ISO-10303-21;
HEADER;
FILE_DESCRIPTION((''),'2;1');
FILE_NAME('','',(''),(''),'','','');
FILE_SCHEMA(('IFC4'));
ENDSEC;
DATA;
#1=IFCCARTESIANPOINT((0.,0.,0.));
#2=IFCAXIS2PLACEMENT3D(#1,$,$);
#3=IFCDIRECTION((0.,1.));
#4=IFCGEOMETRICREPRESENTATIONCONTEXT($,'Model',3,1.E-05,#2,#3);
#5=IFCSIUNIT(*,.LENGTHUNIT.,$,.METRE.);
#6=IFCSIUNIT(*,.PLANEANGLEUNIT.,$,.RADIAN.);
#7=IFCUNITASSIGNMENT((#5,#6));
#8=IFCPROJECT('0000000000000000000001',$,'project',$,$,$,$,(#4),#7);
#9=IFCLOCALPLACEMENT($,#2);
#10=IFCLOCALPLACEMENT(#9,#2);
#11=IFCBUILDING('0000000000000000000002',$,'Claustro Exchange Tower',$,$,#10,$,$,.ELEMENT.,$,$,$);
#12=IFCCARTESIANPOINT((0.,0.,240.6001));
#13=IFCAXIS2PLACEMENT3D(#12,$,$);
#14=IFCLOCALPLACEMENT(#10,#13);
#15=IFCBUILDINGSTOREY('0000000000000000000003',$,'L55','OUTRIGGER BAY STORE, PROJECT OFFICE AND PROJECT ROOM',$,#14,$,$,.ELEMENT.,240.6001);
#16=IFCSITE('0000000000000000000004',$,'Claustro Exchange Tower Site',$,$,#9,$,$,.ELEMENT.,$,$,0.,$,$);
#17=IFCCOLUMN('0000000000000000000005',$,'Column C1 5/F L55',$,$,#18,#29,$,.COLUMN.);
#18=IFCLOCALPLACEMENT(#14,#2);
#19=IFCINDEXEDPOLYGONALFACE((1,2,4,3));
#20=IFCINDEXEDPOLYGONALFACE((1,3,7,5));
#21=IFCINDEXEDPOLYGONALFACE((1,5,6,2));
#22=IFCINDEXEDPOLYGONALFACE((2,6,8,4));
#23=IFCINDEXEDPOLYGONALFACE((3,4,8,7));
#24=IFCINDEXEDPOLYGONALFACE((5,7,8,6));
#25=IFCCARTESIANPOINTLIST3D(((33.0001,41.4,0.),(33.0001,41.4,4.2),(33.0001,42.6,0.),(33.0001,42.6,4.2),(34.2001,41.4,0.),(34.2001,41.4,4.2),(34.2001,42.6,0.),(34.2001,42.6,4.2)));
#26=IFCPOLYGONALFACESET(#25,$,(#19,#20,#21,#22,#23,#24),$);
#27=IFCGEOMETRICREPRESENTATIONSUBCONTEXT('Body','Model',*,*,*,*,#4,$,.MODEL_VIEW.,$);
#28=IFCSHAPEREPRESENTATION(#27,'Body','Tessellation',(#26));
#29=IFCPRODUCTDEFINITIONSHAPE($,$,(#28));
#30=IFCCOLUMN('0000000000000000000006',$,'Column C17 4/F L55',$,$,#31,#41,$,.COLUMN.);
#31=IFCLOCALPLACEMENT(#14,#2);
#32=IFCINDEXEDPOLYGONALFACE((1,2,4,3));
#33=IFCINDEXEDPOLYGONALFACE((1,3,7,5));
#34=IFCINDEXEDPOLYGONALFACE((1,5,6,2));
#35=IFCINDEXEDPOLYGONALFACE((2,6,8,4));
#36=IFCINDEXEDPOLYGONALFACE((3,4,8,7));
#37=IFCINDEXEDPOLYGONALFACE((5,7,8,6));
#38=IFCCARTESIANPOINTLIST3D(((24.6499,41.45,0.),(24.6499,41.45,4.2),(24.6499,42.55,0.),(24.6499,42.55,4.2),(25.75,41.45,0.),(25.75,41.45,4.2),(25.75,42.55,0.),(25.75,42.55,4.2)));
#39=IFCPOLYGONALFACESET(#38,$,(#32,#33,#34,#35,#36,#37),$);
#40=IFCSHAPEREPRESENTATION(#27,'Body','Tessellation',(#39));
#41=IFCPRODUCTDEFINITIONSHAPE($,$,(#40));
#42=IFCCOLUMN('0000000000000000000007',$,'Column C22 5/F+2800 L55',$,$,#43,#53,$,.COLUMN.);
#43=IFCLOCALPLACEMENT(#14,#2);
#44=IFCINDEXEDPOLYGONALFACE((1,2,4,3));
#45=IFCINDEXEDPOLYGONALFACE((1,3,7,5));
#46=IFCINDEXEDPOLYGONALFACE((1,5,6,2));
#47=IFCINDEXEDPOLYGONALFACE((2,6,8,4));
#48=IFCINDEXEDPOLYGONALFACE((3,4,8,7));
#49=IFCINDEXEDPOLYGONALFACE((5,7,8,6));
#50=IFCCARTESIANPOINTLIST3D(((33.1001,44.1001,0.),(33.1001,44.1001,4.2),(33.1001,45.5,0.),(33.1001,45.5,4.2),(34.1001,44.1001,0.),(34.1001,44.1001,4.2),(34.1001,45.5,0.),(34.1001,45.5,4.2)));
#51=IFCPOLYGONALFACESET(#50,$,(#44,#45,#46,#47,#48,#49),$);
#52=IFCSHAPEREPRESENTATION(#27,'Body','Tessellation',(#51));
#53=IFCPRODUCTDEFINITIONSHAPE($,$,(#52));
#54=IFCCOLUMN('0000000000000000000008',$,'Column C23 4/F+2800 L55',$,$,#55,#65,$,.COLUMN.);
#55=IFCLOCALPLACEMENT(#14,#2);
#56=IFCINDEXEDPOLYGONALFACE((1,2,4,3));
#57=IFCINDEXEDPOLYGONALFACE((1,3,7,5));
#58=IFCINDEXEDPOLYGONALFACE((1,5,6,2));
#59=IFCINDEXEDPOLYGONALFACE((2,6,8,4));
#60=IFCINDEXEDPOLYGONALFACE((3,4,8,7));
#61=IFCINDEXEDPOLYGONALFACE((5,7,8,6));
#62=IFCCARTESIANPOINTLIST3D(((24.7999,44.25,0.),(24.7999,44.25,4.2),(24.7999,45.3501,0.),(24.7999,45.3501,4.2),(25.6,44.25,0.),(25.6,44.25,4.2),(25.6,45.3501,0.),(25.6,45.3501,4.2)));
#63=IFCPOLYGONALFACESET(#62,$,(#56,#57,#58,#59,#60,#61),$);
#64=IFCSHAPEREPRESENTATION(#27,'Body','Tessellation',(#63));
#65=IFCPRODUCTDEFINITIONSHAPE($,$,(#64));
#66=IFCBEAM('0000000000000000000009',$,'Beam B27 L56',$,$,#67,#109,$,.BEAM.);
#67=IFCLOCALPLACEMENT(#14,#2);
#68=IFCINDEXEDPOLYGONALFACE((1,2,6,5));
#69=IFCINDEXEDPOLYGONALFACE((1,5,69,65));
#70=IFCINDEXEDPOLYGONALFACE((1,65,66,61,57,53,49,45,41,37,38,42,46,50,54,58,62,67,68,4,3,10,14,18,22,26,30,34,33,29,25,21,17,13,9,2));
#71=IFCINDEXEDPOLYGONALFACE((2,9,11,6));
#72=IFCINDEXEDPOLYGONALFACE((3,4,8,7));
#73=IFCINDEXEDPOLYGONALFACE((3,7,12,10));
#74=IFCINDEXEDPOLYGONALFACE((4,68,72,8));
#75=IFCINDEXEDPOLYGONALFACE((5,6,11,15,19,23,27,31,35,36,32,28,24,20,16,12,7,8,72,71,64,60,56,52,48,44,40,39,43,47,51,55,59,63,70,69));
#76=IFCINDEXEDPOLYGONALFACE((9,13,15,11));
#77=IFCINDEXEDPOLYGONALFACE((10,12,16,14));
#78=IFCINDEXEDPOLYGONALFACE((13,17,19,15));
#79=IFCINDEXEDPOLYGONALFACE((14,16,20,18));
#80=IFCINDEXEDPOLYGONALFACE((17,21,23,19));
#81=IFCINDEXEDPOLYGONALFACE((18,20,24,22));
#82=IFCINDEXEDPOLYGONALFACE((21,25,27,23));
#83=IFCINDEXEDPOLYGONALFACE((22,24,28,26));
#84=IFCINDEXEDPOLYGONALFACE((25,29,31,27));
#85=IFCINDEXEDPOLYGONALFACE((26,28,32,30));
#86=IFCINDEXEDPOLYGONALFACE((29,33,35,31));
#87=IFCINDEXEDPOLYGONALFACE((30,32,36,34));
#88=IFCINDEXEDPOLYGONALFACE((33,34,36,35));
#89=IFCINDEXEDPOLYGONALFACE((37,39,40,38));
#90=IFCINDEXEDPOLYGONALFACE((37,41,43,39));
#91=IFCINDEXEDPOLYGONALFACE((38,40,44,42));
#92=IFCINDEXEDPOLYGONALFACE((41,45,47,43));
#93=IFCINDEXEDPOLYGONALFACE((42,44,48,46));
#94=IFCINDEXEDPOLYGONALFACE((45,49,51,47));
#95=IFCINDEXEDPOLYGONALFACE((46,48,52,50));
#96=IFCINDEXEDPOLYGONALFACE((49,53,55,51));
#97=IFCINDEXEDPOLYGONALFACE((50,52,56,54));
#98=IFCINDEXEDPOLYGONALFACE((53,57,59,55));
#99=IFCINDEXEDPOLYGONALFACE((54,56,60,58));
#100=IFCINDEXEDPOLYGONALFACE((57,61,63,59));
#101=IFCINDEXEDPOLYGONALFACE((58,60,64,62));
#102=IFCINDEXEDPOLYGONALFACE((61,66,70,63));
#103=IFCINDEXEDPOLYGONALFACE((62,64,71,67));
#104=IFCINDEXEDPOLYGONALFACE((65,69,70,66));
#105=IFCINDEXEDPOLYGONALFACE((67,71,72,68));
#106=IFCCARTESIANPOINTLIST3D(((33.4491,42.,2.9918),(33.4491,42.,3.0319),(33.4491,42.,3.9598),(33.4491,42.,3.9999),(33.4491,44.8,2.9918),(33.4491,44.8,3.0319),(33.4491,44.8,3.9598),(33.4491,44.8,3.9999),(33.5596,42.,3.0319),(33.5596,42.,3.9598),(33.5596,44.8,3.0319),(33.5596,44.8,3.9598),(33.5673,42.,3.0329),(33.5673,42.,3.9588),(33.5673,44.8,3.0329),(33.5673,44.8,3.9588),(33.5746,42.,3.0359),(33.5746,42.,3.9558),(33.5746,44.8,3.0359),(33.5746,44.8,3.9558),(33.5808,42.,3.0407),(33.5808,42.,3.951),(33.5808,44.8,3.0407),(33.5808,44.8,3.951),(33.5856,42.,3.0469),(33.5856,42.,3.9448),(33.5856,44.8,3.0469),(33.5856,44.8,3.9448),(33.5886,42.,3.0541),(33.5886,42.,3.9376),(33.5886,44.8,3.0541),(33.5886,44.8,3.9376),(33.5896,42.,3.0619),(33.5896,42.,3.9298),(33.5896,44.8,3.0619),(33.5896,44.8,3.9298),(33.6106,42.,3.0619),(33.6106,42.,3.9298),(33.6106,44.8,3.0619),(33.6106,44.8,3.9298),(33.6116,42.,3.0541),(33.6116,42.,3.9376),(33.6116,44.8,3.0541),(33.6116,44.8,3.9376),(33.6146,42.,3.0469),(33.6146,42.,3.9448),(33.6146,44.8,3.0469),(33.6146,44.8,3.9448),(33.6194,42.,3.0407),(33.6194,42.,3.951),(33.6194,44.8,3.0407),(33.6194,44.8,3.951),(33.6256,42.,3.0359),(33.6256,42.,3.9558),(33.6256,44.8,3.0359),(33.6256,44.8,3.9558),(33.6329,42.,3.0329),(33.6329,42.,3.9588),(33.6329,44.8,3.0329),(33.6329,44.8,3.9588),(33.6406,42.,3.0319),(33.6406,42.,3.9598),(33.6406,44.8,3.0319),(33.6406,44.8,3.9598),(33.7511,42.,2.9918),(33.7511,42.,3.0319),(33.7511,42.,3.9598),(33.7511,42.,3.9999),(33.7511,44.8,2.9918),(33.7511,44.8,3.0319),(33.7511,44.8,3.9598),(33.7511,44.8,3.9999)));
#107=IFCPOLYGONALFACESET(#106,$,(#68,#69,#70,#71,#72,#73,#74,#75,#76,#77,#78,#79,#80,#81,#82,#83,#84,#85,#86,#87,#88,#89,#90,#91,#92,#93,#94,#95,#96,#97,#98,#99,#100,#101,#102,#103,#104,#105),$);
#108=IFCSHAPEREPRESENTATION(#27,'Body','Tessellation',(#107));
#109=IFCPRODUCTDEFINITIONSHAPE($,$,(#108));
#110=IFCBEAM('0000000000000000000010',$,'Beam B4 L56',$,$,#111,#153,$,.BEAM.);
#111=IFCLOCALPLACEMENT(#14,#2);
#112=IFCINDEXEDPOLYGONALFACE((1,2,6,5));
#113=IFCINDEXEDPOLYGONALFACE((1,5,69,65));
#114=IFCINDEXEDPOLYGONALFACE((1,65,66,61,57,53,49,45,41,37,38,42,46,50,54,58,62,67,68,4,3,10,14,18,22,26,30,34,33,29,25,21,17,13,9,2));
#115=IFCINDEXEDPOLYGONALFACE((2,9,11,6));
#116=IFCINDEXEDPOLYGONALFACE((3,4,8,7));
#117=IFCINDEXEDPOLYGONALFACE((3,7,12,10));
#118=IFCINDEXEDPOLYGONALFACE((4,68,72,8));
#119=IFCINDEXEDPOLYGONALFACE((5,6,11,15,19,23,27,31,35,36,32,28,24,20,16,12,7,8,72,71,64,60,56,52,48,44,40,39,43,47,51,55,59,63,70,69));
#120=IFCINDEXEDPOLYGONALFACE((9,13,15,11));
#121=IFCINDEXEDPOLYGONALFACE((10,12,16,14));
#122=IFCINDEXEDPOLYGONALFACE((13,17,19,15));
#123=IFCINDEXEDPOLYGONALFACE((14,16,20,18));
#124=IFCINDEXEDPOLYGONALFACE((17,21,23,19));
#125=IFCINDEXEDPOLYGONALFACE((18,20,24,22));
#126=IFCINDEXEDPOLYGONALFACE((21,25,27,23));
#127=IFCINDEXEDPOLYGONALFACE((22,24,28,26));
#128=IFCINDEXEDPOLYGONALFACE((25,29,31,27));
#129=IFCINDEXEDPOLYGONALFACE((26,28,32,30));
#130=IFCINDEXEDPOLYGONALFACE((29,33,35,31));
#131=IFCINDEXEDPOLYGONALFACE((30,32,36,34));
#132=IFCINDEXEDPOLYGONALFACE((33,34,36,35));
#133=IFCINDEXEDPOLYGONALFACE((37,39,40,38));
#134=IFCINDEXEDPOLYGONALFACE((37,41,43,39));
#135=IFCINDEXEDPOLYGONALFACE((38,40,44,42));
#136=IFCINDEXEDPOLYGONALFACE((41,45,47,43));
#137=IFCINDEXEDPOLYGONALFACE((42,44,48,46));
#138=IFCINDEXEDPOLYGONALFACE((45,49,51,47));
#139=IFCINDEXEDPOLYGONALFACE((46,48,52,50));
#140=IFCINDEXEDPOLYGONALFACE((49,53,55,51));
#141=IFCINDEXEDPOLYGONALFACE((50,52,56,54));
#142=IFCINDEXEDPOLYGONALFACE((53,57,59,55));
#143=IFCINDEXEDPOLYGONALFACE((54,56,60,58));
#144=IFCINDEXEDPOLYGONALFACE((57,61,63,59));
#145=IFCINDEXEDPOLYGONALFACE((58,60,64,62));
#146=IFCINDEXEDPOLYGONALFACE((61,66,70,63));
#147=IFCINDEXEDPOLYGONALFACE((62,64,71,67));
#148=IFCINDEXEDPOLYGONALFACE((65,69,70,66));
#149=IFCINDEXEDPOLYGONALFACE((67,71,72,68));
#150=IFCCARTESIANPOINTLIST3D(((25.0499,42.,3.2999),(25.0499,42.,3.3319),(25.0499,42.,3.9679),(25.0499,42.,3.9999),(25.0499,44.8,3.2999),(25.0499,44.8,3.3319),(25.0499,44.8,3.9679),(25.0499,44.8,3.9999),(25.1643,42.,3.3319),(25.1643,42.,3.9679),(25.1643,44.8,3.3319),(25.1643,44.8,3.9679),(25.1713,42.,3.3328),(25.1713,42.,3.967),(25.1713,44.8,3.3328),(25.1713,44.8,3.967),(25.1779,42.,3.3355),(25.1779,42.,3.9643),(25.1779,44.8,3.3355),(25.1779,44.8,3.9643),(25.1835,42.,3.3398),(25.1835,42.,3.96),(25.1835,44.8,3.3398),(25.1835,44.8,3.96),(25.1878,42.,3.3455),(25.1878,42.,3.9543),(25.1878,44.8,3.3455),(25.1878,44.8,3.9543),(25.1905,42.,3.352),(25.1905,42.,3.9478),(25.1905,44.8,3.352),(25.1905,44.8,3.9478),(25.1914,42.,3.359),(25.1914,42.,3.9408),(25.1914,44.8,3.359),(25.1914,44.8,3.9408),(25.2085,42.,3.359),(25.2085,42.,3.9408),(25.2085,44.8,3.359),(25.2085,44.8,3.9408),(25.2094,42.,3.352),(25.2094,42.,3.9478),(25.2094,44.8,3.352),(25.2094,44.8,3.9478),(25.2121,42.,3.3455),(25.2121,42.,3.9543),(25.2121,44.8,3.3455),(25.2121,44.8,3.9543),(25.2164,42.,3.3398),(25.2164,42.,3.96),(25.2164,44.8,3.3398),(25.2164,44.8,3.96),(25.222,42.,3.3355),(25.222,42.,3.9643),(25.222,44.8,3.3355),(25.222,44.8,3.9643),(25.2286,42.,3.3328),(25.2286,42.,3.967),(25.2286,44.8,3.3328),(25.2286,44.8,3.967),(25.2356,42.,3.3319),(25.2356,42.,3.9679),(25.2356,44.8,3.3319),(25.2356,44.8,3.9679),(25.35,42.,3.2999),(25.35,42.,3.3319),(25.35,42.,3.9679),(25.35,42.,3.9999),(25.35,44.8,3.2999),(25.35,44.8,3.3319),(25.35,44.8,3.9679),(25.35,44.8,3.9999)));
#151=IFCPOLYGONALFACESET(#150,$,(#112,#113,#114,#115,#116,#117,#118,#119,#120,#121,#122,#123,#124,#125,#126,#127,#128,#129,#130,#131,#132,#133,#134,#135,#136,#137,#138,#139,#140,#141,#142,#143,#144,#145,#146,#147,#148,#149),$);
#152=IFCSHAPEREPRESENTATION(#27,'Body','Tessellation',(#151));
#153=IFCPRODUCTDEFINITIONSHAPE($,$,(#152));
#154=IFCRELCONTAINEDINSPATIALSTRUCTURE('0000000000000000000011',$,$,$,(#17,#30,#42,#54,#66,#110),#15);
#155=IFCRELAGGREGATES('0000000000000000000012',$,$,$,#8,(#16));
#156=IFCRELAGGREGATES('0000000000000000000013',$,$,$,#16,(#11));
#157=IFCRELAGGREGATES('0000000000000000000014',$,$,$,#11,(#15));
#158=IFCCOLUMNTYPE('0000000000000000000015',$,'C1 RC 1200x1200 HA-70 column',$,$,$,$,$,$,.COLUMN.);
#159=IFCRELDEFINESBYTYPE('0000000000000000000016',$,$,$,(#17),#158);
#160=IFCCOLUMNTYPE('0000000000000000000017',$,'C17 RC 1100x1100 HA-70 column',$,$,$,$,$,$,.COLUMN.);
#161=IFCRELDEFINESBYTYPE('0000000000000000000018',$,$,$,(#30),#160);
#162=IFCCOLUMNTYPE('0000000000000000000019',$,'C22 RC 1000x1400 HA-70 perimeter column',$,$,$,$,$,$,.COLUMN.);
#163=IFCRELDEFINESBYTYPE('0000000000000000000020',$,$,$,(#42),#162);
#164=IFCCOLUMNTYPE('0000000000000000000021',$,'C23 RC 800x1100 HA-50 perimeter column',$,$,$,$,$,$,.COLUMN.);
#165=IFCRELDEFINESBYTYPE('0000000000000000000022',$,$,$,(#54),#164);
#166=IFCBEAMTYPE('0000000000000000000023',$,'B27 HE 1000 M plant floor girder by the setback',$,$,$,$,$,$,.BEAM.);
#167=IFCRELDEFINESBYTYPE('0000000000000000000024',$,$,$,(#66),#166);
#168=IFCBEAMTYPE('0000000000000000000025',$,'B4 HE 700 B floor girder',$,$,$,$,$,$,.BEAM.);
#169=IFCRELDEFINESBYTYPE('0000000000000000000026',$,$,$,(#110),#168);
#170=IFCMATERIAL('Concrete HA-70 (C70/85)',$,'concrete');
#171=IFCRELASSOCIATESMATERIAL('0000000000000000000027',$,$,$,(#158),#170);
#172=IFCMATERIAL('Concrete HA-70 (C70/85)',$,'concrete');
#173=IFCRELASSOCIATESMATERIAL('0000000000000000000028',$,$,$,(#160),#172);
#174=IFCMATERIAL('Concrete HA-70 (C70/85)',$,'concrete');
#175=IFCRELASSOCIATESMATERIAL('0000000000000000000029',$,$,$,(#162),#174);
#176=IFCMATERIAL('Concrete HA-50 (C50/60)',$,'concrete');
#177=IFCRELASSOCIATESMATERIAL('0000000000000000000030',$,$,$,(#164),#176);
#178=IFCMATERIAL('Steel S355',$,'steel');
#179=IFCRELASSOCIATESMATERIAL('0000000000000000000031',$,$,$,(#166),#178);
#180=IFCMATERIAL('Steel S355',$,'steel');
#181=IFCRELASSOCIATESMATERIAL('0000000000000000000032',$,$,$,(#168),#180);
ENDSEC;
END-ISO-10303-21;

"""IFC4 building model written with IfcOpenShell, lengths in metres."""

from ifc_helpers import new_model, si_unit, direction, frame, origin, origin_2d, place, context, subcontext, project, spatial, rectangle, i_section, extrude, material, material_profile, profile_set, type_object, element, save


model = new_model("IFC4")

# Units and contexts
model_context = context("Model", 3, precision=1e-05, world=origin(), true_north=direction((0.0, 1.0)))
body_context = subcontext(model_context, "Body", "Model", "MODEL_VIEW")
ifc_project = project(units=[si_unit("LENGTHUNIT", "METRE"), si_unit("PLANEANGLEUNIT", "RADIAN")], contexts=[model_context])

# Site, building, storey
site_placement = place(None, origin())
site = spatial("IfcSite", under=ifc_project, at=site_placement, Name="Claustro Exchange Tower Site", CompositionType="ELEMENT", RefElevation=0.0)
building_placement = place(site_placement, origin())
building = spatial("IfcBuilding", under=site, at=building_placement, Name="Claustro Exchange Tower", CompositionType="ELEMENT")
storey_placement = place(building_placement, frame((0.0, 0.0, 240.6001)))
storey = spatial("IfcBuildingStorey", under=building, at=storey_placement, Name="L55", Description="OUTRIGGER BAY STORE, PROJECT OFFICE AND PROJECT ROOM", CompositionType="ELEMENT", Elevation=240.6001)

# Columns
ifc_material_1 = material(Name="Concrete HA-70 (C70/85)", Category="concrete")
ifc_material_profile_1 = material_profile(ifc_material_1, rectangle(XDim=1.2, YDim=1.2, at=origin_2d()), Name="RC 1200x1200")
ifc_profile_set_1 = profile_set([ifc_material_profile_1], Name="Concrete HA-70 (C70/85)")
column_type_1 = type_object("IfcColumnType", Name="C1 RC 1200x1200 HA-70 column", PredefinedType="COLUMN", material=ifc_profile_set_1)
column_1_placement = place(storey_placement, frame((33.6001, 42.0, 0.0), z_axis=(0.0, 0.0, 1.0), x_axis=(1.0, 0.0, 0.0)))
element("IfcColumn", 1, at=column_1_placement, inside=storey, type_object=column_type_1, Name="Column C1 5/F L55", PredefinedType="COLUMN", context=body_context, shape_type="SweptSolid", body=[
    extrude(rectangle(XDim=1.2, YDim=1.2, at=origin_2d()), origin(), (0.0, 0.0, 1.0), 4.2),
])
ifc_material_2 = material(Name="Concrete HA-70 (C70/85)", Category="concrete")
ifc_material_profile_2 = material_profile(ifc_material_2, rectangle(XDim=1.1001, YDim=1.1001, at=origin_2d()), Name="RC 1100x1100")
ifc_profile_set_2 = profile_set([ifc_material_profile_2], Name="Concrete HA-70 (C70/85)")
column_type_2 = type_object("IfcColumnType", Name="C17 RC 1100x1100 HA-70 column", PredefinedType="COLUMN", material=ifc_profile_set_2)
column_2_placement = place(storey_placement, frame((25.2, 42.0, 0.0), z_axis=(0.0, 0.0, 1.0), x_axis=(1.0, 0.0, 0.0)))
element("IfcColumn", 2, at=column_2_placement, inside=storey, type_object=column_type_2, Name="Column C17 4/F L55", PredefinedType="COLUMN", context=body_context, shape_type="SweptSolid", body=[
    extrude(rectangle(XDim=1.1001, YDim=1.1001, at=origin_2d()), origin(), (0.0, 0.0, 1.0), 4.2),
])
ifc_material_3 = material(Name="Concrete HA-70 (C70/85)", Category="concrete")
ifc_material_profile_3 = material_profile(ifc_material_3, rectangle(XDim=1.0, YDim=1.3999, at=origin_2d()), Name="RC 1000x1400")
ifc_profile_set_3 = profile_set([ifc_material_profile_3], Name="Concrete HA-70 (C70/85)")
column_type_3 = type_object("IfcColumnType", Name="C22 RC 1000x1400 HA-70 perimeter column", PredefinedType="COLUMN", material=ifc_profile_set_3)
column_3_placement = place(storey_placement, frame((33.6001, 44.8, 0.0), z_axis=(0.0, 0.0, 1.0), x_axis=(1.0, 0.0, 0.0)))
element("IfcColumn", 3, at=column_3_placement, inside=storey, type_object=column_type_3, Name="Column C22 5/F+2800 L55", PredefinedType="COLUMN", context=body_context, shape_type="SweptSolid", body=[
    extrude(rectangle(XDim=1.0, YDim=1.3999, at=origin_2d()), origin(), (0.0, 0.0, 1.0), 4.2),
])
ifc_material_4 = material(Name="Concrete HA-50 (C50/60)", Category="concrete")
ifc_material_profile_4 = material_profile(ifc_material_4, rectangle(XDim=0.8, YDim=1.1001, at=origin_2d()), Name="RC 800x1100")
ifc_profile_set_4 = profile_set([ifc_material_profile_4], Name="Concrete HA-50 (C50/60)")
column_type_4 = type_object("IfcColumnType", Name="C23 RC 800x1100 HA-50 perimeter column", PredefinedType="COLUMN", material=ifc_profile_set_4)
column_4_placement = place(storey_placement, frame((25.2, 44.8, 0.0), z_axis=(0.0, 0.0, 1.0), x_axis=(1.0, 0.0, 0.0)))
element("IfcColumn", 4, at=column_4_placement, inside=storey, type_object=column_type_4, Name="Column C23 4/F+2800 L55", PredefinedType="COLUMN", context=body_context, shape_type="SweptSolid", body=[
    extrude(rectangle(XDim=0.8, YDim=1.1001, at=origin_2d()), origin(), (0.0, 0.0, 1.0), 4.2),
])

# Beams
ifc_material_5 = material(Name="Steel S355", Category="steel")
ifc_material_profile_5 = material_profile(ifc_material_5, i_section(OverallWidth=0.302, OverallDepth=1.0081, WebThickness=0.021, FlangeThickness=0.04, FilletRadius=0.03, at=origin_2d()), Name="HE 1000 M")
ifc_profile_set_5 = profile_set([ifc_material_profile_5], Name="Steel S355")
beam_type_1 = type_object("IfcBeamType", Name="B27 HE 1000 M plant floor girder by the setback", PredefinedType="BEAM", material=ifc_profile_set_5)
beam_1_placement = place(storey_placement, frame((33.6001, 42.0, 3.4958), z_axis=(0.0, 1.0, 0.0), x_axis=(-1.0, 0.0, 0.0)))
element("IfcBeam", 5, at=beam_1_placement, inside=storey, type_object=beam_type_1, Name="Beam B27 L56", PredefinedType="BEAM", context=body_context, shape_type="SweptSolid", body=[
    extrude(i_section(OverallWidth=0.302, OverallDepth=1.0081, WebThickness=0.021, FlangeThickness=0.04, FilletRadius=0.03, at=origin_2d()), origin(), (0.0, 0.0, 1.0), 2.8),
])
ifc_material_6 = material(Name="Steel S355", Category="steel")
ifc_material_profile_6 = material_profile(ifc_material_6, i_section(OverallWidth=0.3, OverallDepth=0.7, WebThickness=0.0171, FlangeThickness=0.032, FilletRadius=0.0271, at=origin_2d()), Name="HE 700 B")
ifc_profile_set_6 = profile_set([ifc_material_profile_6], Name="Steel S355")
beam_type_2 = type_object("IfcBeamType", Name="B4 HE 700 B floor girder", PredefinedType="BEAM", material=ifc_profile_set_6)
beam_2_placement = place(storey_placement, frame((25.2, 42.0, 3.6499), z_axis=(0.0, 1.0, 0.0), x_axis=(-1.0, 0.0, 0.0)))
element("IfcBeam", 6, at=beam_2_placement, inside=storey, type_object=beam_type_2, Name="Beam B4 L56", PredefinedType="BEAM", context=body_context, shape_type="SweptSolid", body=[
    extrude(i_section(OverallWidth=0.3, OverallDepth=0.7, WebThickness=0.0171, FlangeThickness=0.032, FilletRadius=0.0271, at=origin_2d()), origin(), (0.0, 0.0, 1.0), 2.8),
])

save(model, "model.ifc")
